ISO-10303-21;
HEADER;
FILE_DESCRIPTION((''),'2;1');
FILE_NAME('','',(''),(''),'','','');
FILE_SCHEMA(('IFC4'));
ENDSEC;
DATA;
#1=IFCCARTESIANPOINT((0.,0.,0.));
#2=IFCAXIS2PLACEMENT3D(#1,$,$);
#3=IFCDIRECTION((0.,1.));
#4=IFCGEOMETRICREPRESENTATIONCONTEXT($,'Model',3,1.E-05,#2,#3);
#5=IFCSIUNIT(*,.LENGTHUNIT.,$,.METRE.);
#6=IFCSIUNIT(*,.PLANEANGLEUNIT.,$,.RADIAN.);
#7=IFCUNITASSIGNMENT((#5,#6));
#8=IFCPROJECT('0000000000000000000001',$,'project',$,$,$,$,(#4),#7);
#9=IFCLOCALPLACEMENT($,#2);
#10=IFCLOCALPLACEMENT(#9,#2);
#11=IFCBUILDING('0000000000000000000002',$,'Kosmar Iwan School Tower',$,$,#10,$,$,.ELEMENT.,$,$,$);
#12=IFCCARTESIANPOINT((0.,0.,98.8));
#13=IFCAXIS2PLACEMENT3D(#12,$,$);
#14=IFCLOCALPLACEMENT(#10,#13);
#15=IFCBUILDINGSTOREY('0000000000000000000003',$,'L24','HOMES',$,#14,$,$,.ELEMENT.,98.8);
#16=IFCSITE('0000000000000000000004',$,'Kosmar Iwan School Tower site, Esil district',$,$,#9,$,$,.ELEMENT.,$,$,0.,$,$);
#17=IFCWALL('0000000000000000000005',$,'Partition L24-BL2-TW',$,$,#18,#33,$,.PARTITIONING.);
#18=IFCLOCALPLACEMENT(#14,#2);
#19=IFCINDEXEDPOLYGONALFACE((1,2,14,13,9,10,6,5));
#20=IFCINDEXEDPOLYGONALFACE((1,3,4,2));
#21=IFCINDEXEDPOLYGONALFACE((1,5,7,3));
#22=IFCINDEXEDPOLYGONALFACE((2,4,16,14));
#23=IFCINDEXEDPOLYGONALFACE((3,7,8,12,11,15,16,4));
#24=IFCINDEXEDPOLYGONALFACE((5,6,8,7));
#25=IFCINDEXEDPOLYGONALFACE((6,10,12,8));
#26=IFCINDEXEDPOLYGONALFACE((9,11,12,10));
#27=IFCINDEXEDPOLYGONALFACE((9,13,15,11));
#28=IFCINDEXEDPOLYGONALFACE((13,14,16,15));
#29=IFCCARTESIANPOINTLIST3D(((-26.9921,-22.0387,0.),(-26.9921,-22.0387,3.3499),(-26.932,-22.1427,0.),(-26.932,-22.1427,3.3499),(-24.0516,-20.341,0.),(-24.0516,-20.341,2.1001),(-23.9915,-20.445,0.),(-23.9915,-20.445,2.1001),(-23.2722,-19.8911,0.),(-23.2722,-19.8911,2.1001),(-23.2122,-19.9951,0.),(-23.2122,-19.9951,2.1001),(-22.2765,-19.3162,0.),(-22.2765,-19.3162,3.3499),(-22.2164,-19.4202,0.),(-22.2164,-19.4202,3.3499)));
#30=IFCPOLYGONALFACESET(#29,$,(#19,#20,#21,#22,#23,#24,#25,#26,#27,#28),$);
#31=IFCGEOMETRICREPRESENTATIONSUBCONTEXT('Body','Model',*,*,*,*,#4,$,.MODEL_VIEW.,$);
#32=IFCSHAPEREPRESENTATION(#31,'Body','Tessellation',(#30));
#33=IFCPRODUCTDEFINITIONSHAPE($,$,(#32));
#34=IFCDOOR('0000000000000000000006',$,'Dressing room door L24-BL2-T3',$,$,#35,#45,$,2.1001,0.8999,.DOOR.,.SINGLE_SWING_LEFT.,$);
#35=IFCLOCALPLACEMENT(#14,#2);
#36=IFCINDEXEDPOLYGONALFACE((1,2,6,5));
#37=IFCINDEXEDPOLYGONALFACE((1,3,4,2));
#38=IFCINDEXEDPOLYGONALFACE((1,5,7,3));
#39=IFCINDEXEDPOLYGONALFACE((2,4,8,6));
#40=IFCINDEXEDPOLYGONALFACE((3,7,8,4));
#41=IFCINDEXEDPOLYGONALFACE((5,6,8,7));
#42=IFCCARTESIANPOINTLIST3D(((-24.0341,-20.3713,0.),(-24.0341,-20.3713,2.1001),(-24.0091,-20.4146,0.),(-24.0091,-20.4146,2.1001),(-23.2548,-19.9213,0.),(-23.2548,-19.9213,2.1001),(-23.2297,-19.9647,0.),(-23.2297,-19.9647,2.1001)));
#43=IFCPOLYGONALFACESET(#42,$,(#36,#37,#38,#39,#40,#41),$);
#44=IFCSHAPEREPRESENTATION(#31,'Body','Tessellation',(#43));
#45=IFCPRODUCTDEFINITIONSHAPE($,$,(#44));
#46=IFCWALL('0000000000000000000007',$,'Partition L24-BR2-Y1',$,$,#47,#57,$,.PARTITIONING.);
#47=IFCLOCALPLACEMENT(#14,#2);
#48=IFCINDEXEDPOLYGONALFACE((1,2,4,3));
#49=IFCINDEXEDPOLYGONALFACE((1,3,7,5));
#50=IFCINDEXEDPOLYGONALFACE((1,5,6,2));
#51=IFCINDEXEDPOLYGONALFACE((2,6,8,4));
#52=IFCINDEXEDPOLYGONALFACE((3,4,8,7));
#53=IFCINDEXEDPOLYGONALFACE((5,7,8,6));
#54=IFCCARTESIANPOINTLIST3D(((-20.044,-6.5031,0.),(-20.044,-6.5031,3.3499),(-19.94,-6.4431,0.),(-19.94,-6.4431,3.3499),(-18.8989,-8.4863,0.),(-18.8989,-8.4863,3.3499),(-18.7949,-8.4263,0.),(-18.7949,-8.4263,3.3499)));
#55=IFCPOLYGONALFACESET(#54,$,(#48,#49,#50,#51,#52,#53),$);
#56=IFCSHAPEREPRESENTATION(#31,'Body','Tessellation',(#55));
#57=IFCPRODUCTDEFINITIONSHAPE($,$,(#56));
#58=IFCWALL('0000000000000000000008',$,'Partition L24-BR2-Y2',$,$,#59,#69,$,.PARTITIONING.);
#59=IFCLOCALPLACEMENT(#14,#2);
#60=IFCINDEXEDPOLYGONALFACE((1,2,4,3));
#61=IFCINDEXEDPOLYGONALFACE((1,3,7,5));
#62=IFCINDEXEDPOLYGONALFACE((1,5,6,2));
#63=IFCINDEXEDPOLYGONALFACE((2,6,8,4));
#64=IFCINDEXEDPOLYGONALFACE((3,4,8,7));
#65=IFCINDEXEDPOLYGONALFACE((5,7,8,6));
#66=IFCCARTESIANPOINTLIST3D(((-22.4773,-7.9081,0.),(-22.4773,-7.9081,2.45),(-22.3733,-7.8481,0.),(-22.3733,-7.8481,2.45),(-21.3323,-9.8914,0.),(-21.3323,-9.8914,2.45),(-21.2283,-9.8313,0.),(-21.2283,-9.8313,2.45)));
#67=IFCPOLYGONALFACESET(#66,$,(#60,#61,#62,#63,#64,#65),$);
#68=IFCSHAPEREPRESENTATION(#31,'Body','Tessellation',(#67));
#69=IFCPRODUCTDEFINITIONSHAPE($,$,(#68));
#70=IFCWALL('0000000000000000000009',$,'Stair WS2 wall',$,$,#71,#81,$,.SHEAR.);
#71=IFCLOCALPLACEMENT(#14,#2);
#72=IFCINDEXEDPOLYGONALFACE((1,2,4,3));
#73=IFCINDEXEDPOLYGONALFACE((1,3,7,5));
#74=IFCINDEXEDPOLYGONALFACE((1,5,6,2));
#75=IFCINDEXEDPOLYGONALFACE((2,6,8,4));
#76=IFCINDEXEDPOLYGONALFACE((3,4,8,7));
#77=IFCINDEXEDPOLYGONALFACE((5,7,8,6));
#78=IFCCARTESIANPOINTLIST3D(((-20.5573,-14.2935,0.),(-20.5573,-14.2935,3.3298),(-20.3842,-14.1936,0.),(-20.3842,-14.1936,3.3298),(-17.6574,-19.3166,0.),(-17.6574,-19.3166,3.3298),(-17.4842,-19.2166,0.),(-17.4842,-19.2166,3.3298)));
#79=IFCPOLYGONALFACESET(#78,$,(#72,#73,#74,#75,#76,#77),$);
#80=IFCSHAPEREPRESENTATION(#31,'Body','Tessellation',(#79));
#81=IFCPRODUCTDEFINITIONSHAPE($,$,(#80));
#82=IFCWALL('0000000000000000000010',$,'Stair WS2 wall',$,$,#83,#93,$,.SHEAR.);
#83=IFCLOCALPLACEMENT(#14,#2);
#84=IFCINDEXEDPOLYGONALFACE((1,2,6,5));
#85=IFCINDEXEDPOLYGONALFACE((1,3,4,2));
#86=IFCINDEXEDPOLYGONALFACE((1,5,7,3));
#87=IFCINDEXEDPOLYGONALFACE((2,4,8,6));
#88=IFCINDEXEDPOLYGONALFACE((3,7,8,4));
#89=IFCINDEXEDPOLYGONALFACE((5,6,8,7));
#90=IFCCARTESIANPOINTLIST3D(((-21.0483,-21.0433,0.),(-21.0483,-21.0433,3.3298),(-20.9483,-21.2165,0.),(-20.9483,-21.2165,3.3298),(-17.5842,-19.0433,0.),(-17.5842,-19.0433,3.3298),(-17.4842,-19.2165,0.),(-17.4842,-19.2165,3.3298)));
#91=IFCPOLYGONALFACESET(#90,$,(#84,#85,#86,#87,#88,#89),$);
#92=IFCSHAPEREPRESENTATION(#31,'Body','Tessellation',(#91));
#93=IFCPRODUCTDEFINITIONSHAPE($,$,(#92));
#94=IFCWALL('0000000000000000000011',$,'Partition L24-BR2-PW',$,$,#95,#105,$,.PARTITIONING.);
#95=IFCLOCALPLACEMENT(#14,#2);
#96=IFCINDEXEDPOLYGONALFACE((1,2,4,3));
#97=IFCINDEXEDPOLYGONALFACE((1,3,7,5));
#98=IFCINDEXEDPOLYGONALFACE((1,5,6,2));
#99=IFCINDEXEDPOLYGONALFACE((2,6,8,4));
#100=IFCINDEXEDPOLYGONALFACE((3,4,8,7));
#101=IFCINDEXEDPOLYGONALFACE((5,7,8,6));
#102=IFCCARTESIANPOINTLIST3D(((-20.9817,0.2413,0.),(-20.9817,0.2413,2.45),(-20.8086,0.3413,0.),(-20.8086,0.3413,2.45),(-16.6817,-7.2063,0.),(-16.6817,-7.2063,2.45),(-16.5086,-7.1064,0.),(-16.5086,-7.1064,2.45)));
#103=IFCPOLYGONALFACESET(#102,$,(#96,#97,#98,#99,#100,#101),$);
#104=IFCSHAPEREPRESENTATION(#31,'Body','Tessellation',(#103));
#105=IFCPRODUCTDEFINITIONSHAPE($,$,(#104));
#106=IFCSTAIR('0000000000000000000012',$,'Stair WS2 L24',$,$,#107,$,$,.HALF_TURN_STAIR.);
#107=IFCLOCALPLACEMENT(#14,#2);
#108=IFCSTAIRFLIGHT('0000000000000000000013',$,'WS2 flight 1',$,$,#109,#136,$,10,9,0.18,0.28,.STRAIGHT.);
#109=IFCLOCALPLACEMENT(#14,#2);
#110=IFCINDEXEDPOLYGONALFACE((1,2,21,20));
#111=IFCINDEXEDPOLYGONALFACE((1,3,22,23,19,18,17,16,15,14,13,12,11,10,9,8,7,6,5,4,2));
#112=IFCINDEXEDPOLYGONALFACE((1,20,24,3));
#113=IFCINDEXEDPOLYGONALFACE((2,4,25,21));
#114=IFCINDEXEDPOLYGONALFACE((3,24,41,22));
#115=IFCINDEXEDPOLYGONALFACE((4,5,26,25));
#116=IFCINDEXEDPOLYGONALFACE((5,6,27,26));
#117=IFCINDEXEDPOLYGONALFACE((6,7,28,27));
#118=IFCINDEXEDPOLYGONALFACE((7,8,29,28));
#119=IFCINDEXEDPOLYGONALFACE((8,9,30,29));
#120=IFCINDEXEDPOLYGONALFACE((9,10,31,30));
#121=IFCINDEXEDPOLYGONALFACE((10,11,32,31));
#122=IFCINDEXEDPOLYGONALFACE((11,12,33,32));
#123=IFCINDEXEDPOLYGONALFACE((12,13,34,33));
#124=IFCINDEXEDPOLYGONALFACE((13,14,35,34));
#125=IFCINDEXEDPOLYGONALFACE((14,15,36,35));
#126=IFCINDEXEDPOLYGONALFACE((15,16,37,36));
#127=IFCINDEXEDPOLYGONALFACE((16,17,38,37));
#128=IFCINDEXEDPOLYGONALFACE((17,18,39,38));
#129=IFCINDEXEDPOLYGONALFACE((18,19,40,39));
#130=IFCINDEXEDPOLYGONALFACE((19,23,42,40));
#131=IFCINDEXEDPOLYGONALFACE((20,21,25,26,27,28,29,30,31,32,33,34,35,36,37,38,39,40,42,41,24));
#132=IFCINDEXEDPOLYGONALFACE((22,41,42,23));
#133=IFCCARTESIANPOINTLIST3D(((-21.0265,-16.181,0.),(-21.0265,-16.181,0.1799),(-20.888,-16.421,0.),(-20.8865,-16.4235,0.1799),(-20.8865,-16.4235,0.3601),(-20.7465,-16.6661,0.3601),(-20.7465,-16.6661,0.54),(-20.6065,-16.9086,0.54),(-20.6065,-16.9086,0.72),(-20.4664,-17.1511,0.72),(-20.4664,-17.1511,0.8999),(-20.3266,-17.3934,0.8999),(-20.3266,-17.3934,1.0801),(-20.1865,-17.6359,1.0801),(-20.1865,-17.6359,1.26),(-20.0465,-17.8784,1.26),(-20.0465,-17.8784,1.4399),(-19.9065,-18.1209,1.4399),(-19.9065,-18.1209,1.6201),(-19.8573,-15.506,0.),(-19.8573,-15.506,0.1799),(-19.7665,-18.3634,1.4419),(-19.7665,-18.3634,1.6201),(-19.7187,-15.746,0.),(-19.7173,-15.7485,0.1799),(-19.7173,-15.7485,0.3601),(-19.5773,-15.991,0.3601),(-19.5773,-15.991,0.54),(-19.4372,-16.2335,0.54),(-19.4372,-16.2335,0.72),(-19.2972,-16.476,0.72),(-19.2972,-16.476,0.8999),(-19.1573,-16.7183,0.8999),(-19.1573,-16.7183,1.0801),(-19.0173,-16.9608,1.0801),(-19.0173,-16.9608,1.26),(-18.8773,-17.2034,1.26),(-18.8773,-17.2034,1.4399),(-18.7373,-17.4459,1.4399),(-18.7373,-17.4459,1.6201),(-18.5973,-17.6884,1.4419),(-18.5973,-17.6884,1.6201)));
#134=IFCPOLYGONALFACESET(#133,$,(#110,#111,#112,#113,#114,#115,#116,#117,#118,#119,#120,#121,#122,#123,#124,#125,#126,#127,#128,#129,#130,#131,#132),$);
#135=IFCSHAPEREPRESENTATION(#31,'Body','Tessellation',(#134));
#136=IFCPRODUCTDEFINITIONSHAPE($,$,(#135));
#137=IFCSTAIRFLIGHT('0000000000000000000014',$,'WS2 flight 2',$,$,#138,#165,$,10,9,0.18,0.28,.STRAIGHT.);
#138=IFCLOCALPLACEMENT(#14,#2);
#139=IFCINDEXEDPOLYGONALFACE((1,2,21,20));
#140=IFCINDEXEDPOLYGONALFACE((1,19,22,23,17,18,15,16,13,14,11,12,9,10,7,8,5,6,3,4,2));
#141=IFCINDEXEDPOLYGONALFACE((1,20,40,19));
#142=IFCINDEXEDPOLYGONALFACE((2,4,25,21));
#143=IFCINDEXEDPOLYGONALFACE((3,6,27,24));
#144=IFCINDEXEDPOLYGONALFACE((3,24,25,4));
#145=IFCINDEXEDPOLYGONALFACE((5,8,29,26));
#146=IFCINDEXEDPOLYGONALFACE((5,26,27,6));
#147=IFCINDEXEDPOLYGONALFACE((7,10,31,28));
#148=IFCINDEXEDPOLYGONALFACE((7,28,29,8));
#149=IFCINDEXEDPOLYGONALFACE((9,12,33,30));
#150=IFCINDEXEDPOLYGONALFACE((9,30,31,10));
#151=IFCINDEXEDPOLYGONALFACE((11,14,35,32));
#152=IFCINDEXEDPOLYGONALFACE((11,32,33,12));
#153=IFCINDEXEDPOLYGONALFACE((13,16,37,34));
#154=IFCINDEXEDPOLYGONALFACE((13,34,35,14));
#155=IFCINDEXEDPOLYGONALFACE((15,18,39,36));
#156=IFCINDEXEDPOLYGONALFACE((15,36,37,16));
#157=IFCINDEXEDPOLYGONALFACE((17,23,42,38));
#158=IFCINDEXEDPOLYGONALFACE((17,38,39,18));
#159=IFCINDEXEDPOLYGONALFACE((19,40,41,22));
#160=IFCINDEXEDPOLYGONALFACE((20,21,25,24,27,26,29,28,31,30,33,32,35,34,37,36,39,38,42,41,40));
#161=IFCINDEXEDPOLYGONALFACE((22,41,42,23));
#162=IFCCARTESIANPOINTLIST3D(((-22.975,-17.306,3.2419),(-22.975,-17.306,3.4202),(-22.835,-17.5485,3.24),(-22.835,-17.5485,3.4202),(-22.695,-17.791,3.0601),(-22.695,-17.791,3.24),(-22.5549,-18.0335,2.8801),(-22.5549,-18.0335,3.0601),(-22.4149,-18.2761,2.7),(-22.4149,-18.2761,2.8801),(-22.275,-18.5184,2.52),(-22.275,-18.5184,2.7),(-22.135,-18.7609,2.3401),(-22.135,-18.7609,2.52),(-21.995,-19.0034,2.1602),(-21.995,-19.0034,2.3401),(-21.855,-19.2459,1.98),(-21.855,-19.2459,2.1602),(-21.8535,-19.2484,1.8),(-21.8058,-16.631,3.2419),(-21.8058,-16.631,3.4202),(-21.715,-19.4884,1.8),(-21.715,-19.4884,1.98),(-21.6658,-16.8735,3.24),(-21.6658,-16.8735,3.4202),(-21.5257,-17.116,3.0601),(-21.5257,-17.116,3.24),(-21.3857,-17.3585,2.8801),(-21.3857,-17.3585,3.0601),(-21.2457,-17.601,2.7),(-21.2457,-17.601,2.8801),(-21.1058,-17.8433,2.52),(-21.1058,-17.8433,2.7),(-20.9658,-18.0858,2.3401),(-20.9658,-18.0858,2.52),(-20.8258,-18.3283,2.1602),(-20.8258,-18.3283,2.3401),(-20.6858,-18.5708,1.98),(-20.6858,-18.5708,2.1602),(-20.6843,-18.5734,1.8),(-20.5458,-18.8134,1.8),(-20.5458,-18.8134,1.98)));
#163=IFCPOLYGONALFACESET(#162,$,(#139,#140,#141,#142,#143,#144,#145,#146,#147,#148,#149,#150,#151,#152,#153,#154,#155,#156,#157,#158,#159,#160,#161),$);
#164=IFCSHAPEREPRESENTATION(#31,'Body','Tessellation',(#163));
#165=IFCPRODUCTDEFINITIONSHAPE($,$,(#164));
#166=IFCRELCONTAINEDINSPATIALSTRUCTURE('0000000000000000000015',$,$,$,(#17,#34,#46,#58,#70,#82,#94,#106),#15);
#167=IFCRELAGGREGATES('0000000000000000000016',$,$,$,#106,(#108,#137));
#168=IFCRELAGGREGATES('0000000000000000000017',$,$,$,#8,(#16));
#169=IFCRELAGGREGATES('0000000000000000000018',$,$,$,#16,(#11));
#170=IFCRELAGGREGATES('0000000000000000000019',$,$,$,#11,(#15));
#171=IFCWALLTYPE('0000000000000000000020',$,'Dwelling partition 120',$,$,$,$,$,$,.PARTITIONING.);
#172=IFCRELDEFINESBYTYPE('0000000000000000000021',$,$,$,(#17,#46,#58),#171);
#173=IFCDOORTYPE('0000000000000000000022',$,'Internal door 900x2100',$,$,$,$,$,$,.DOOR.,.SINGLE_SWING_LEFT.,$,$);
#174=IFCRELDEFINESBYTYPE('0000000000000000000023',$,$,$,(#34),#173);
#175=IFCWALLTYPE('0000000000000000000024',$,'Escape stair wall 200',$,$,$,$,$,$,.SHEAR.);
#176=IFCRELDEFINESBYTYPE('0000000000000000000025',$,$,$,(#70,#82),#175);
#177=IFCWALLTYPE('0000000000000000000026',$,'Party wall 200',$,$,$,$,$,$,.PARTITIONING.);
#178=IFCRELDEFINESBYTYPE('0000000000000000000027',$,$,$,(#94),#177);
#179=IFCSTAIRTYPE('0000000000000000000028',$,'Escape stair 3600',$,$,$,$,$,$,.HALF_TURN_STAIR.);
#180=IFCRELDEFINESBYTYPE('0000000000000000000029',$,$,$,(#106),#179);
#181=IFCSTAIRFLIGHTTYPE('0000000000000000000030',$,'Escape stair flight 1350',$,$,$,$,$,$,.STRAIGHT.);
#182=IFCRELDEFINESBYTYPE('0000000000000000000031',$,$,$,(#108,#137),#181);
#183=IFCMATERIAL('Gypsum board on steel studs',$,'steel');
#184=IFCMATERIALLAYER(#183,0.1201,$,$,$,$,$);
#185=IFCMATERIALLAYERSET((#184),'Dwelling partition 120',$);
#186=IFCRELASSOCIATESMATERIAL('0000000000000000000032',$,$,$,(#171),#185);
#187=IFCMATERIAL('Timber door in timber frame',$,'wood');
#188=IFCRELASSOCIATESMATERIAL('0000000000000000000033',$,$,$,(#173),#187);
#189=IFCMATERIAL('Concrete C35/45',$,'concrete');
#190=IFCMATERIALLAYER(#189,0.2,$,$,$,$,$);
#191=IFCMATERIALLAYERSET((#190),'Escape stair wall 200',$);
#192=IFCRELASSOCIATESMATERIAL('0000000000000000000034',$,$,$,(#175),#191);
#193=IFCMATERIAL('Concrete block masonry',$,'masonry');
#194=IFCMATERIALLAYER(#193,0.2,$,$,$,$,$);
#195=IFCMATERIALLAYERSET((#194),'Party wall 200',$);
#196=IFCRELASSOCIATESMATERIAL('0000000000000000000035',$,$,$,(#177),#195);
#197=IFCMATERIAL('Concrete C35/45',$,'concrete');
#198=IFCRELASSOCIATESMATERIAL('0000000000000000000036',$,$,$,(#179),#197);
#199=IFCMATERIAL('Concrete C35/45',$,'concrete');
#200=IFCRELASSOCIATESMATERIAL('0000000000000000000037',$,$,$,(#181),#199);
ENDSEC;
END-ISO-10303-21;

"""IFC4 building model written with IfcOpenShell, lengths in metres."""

from ifc_helpers import new_model, si_unit, direction, frame, frame_2d, origin, place, context, subcontext, project, spatial, polyline, rectangle, outline, extrude, material, layer, layer_set, type_object, element, fill, aggregate, save


model = new_model("IFC4")

# Units and contexts
model_context = context("Model", 3, precision=1e-05, world=origin(), true_north=direction((0.0, 1.0)))
body_context = subcontext(model_context, "Body", "Model", "MODEL_VIEW")
ifc_project = project(units=[si_unit("LENGTHUNIT", "METRE"), si_unit("PLANEANGLEUNIT", "RADIAN")], contexts=[model_context])

# Site, building, storey
site_placement = place(None, origin())
site = spatial("IfcSite", under=ifc_project, at=site_placement, Name="Kosmar Iwan School Tower site, Esil district", CompositionType="ELEMENT", RefElevation=0.0)
building_placement = place(site_placement, origin())
building = spatial("IfcBuilding", under=site, at=building_placement, Name="Kosmar Iwan School Tower", CompositionType="ELEMENT")
storey_placement = place(building_placement, frame((0.0, 0.0, 98.8)))
storey = spatial("IfcBuildingStorey", under=building, at=storey_placement, Name="L24", Description="HOMES", CompositionType="ELEMENT", Elevation=98.8)

# Shared definitions
ifc_material_1 = material(Name="Gypsum board on steel studs", Category="steel")
ifc_layer_1 = layer(ifc_material_1, 0.1201)
ifc_layer_set_1 = layer_set([ifc_layer_1], Name="Dwelling partition 120")
wall_type_1 = type_object("IfcWallType", Name="Dwelling partition 120", PredefinedType="PARTITIONING", material=ifc_layer_set_1)

# Wall, opening, door
ifc_material_2 = material(Name="Timber door in timber frame", Category="wood")
door_type_1 = type_object("IfcDoorType", Name="Internal door 900x2100", OperationType="SINGLE_SWING_LEFT", PredefinedType="DOOR", material=ifc_material_2)
wall_1_placement = place(storey_placement, frame((-22.2463, -19.3682, 0.0), z_axis=(0.0, 0.0, 1.0), x_axis=(-0.866036, -0.499982, 0.0)))
wall_1 = element("IfcWall", 1, at=wall_1_placement, inside=storey, type_object=wall_type_1, Name="Partition L24-BL2-TW", PredefinedType="PARTITIONING", context=body_context, shape_type="SweptSolid", body=[
    extrude(rectangle(XDim=5.4451, YDim=0.1201, at=frame_2d((2.7227, 0.0))), origin(), (0.0, 0.0, 1.0), 3.3499),
])
opening_1_placement = place(wall_1_placement, frame((1.1499, 0.0, 0.0)))
opening_1 = element("IfcOpeningElement", 2, at=opening_1_placement, cuts=wall_1, PredefinedType="OPENING", context=body_context, shape_type="SweptSolid", body=[
    extrude(rectangle(XDim=0.8999, YDim=2.1001, at=frame_2d((0.45, 1.05))), frame((0.0, 0.072, 0.0), z_axis=(0.0, -1.0, 0.0), x_axis=(1.0, 0.0, 0.0)), (0.0, 0.0, 1.0), 0.144),
])
door_1_placement = place(opening_1_placement, origin())
door_1 = element("IfcDoor", 3, at=door_1_placement, inside=storey, type_object=door_type_1, Name="Dressing room door L24-BL2-T3", OperationType="SINGLE_SWING_LEFT", OverallHeight=2.1001, OverallWidth=0.8999, PredefinedType="DOOR", context=body_context, shape_type="SweptSolid", body=[
    extrude(rectangle(XDim=0.8999, YDim=2.1001, at=frame_2d((0.45, 1.05))), frame((0.0, 0.0249, 0.0), z_axis=(0.0, -1.0, 0.0), x_axis=(1.0, 0.0, 0.0)), (0.0, 0.0, 1.0), 0.05),
])
fill(opening_1, door_1)

# Walls
wall_2_placement = place(storey_placement, frame((-18.8469, -8.4563, 0.0), z_axis=(0.0, 0.0, 1.0), x_axis=(-0.500015, 0.866017, 0.0)))
element("IfcWall", 4, at=wall_2_placement, inside=storey, type_object=wall_type_1, Name="Partition L24-BR2-Y1", PredefinedType="PARTITIONING", context=body_context, shape_type="SweptSolid", body=[
    extrude(rectangle(XDim=2.29, YDim=0.1201, at=frame_2d((1.145, 0.0))), origin(), (0.0, 0.0, 1.0), 3.3499),
])
wall_3_placement = place(storey_placement, frame((-21.2803, -9.8613, 0.0), z_axis=(0.0, 0.0, 1.0), x_axis=(-0.500015, 0.866017, 0.0)))
element("IfcWall", 5, at=wall_3_placement, inside=storey, type_object=wall_type_1, Name="Partition L24-BR2-Y2", PredefinedType="PARTITIONING", context=body_context, shape_type="SweptSolid", body=[
    extrude(rectangle(XDim=2.29, YDim=0.1201, at=frame_2d((1.145, 0.0))), origin(), (0.0, 0.0, 1.0), 2.45),
])
ifc_material_3 = material(Name="Concrete C35/45", Category="concrete")
ifc_layer_2 = layer(ifc_material_3, 0.2)
ifc_layer_set_2 = layer_set([ifc_layer_2], Name="Escape stair wall 200")
wall_type_2 = type_object("IfcWallType", Name="Escape stair wall 200", PredefinedType="SHEAR", material=ifc_layer_set_2)
wall_4_placement = place(storey_placement, frame((-20.4707, -14.2437, 0.0), z_axis=(0.0, 0.0, 1.0), x_axis=(0.499987, -0.866033, 0.0)))
element("IfcWall", 6, at=wall_4_placement, inside=storey, type_object=wall_type_2, Name="Stair WS2 wall", PredefinedType="SHEAR", context=body_context, shape_type="SweptSolid", body=[
    extrude(rectangle(XDim=5.8, YDim=0.2, at=frame_2d((2.8999, 0.0))), origin(), (0.0, 0.0, 1.0), 3.3298),
])
wall_5_placement = place(storey_placement, frame((-17.5342, -19.1299, 0.0), z_axis=(0.0, 0.0, 1.0), x_axis=(-0.866026, -0.499999, 0.0)))
element("IfcWall", 7, at=wall_5_placement, inside=storey, type_object=wall_type_2, Name="Stair WS2 wall", PredefinedType="SHEAR", context=body_context, shape_type="SweptSolid", body=[
    extrude(rectangle(XDim=4.0, YDim=0.2, at=frame_2d((2.0, 0.0))), origin(), (0.0, 0.0, 1.0), 3.3298),
])
ifc_material_4 = material(Name="Concrete block masonry", Category="masonry")
ifc_layer_3 = layer(ifc_material_4, 0.2)
ifc_layer_set_3 = layer_set([ifc_layer_3], Name="Party wall 200")
wall_type_3 = type_object("IfcWallType", Name="Party wall 200", PredefinedType="PARTITIONING", material=ifc_layer_set_3)
wall_6_placement = place(storey_placement, frame((-16.5952, -7.1562, 0.0), z_axis=(0.0, 0.0, 1.0), x_axis=(-0.500008, 0.866021, 0.0)))
element("IfcWall", 8, at=wall_6_placement, inside=storey, type_object=wall_type_3, Name="Partition L24-BR2-PW", PredefinedType="PARTITIONING", context=body_context, shape_type="SweptSolid", body=[
    extrude(rectangle(XDim=8.5999, YDim=0.2, at=frame_2d((4.2998, 0.0))), origin(), (0.0, 0.0, 1.0), 2.45),
])

# Stair, stair flights
ifc_material_5 = material(Name="Concrete C35/45", Category="concrete")
stair_type = type_object("IfcStairType", Name="Escape stair 3600", PredefinedType="HALF_TURN_STAIR", material=ifc_material_5)
stair_placement = place(storey_placement, origin())
stair = element("IfcStair", 9, at=stair_placement, inside=storey, type_object=stair_type, Name="Stair WS2 L24", PredefinedType="HALF_TURN_STAIR")
ifc_material_6 = material(Name="Concrete C35/45", Category="concrete")
stair_flight_type = type_object("IfcStairFlightType", Name="Escape stair flight 1350", PredefinedType="STRAIGHT", material=ifc_material_6)
stair_flight_1_placement = place(storey_placement, frame((-20.4419, -15.8435, 0.0), z_axis=(0.0, 0.0, 1.0), x_axis=(0.5, -0.866025, 0.0)))
stair_flight_1 = element("IfcStairFlight", 10, at=stair_flight_1_placement, type_object=stair_flight_type, Name="WS2 flight 1", NumberOfRisers=10, NumberOfTreads=9, PredefinedType="STRAIGHT", RiserHeight=0.18, TreadLength=0.28, context=body_context, shape_type="SweptSolid", body=[
    extrude(outline(polyline([(0.0, 0.0), (0.0, 0.1799), (0.28, 0.1799), (0.28, 0.3601), (0.5601, 0.3601), (0.5601, 0.54), (0.8401, 0.54), (0.8401, 0.72), (1.1201, 0.72), (1.1201, 0.8999), (1.3999, 0.8999), (1.3999, 1.0801), (1.6799, 1.0801), (1.6799, 1.26), (1.96, 1.26), (1.96, 1.4399), (2.24, 1.4399), (2.24, 1.6201), (2.52, 1.6201), (2.52, 1.8), (2.52, 1.4419), (0.2771, 0.0), (0.0, 0.0)])), frame((0.0, 0.675, 0.0), z_axis=(0.0, -1.0, 0.0), x_axis=(1.0, 0.0, 0.0)), (0.0, 0.0, 1.0), 1.3501),
])
stair_flight_2_placement = place(storey_placement, frame((-21.1304, -19.1509, 1.8), z_axis=(0.0, 0.0, 1.0), x_axis=(-0.5, 0.866025, 0.0)))
stair_flight_2 = element("IfcStairFlight", 11, at=stair_flight_2_placement, type_object=stair_flight_type, Name="WS2 flight 2", NumberOfRisers=10, NumberOfTreads=9, PredefinedType="STRAIGHT", RiserHeight=0.18, TreadLength=0.28, context=body_context, shape_type="SweptSolid", body=[
    extrude(outline(polyline([(0.0, 0.0), (0.0, 0.1799), (0.28, 0.1799), (0.28, 0.3601), (0.5601, 0.3601), (0.5601, 0.54), (0.8401, 0.54), (0.8401, 0.72), (1.1201, 0.72), (1.1201, 0.8999), (1.3999, 0.8999), (1.3999, 1.0801), (1.6799, 1.0801), (1.6799, 1.26), (1.96, 1.26), (1.96, 1.4399), (2.24, 1.4399), (2.24, 1.6201), (2.52, 1.6201), (2.52, 1.8), (2.52, 1.4419), (0.2771, 0.0), (0.0, 0.0)])), frame((0.0, 0.675, 0.0), z_axis=(0.0, -1.0, 0.0), x_axis=(1.0, 0.0, 0.0)), (0.0, 0.0, 1.0), 1.3501),
])
aggregate(stair, [stair_flight_1, stair_flight_2])

save(model, "model.ifc")
